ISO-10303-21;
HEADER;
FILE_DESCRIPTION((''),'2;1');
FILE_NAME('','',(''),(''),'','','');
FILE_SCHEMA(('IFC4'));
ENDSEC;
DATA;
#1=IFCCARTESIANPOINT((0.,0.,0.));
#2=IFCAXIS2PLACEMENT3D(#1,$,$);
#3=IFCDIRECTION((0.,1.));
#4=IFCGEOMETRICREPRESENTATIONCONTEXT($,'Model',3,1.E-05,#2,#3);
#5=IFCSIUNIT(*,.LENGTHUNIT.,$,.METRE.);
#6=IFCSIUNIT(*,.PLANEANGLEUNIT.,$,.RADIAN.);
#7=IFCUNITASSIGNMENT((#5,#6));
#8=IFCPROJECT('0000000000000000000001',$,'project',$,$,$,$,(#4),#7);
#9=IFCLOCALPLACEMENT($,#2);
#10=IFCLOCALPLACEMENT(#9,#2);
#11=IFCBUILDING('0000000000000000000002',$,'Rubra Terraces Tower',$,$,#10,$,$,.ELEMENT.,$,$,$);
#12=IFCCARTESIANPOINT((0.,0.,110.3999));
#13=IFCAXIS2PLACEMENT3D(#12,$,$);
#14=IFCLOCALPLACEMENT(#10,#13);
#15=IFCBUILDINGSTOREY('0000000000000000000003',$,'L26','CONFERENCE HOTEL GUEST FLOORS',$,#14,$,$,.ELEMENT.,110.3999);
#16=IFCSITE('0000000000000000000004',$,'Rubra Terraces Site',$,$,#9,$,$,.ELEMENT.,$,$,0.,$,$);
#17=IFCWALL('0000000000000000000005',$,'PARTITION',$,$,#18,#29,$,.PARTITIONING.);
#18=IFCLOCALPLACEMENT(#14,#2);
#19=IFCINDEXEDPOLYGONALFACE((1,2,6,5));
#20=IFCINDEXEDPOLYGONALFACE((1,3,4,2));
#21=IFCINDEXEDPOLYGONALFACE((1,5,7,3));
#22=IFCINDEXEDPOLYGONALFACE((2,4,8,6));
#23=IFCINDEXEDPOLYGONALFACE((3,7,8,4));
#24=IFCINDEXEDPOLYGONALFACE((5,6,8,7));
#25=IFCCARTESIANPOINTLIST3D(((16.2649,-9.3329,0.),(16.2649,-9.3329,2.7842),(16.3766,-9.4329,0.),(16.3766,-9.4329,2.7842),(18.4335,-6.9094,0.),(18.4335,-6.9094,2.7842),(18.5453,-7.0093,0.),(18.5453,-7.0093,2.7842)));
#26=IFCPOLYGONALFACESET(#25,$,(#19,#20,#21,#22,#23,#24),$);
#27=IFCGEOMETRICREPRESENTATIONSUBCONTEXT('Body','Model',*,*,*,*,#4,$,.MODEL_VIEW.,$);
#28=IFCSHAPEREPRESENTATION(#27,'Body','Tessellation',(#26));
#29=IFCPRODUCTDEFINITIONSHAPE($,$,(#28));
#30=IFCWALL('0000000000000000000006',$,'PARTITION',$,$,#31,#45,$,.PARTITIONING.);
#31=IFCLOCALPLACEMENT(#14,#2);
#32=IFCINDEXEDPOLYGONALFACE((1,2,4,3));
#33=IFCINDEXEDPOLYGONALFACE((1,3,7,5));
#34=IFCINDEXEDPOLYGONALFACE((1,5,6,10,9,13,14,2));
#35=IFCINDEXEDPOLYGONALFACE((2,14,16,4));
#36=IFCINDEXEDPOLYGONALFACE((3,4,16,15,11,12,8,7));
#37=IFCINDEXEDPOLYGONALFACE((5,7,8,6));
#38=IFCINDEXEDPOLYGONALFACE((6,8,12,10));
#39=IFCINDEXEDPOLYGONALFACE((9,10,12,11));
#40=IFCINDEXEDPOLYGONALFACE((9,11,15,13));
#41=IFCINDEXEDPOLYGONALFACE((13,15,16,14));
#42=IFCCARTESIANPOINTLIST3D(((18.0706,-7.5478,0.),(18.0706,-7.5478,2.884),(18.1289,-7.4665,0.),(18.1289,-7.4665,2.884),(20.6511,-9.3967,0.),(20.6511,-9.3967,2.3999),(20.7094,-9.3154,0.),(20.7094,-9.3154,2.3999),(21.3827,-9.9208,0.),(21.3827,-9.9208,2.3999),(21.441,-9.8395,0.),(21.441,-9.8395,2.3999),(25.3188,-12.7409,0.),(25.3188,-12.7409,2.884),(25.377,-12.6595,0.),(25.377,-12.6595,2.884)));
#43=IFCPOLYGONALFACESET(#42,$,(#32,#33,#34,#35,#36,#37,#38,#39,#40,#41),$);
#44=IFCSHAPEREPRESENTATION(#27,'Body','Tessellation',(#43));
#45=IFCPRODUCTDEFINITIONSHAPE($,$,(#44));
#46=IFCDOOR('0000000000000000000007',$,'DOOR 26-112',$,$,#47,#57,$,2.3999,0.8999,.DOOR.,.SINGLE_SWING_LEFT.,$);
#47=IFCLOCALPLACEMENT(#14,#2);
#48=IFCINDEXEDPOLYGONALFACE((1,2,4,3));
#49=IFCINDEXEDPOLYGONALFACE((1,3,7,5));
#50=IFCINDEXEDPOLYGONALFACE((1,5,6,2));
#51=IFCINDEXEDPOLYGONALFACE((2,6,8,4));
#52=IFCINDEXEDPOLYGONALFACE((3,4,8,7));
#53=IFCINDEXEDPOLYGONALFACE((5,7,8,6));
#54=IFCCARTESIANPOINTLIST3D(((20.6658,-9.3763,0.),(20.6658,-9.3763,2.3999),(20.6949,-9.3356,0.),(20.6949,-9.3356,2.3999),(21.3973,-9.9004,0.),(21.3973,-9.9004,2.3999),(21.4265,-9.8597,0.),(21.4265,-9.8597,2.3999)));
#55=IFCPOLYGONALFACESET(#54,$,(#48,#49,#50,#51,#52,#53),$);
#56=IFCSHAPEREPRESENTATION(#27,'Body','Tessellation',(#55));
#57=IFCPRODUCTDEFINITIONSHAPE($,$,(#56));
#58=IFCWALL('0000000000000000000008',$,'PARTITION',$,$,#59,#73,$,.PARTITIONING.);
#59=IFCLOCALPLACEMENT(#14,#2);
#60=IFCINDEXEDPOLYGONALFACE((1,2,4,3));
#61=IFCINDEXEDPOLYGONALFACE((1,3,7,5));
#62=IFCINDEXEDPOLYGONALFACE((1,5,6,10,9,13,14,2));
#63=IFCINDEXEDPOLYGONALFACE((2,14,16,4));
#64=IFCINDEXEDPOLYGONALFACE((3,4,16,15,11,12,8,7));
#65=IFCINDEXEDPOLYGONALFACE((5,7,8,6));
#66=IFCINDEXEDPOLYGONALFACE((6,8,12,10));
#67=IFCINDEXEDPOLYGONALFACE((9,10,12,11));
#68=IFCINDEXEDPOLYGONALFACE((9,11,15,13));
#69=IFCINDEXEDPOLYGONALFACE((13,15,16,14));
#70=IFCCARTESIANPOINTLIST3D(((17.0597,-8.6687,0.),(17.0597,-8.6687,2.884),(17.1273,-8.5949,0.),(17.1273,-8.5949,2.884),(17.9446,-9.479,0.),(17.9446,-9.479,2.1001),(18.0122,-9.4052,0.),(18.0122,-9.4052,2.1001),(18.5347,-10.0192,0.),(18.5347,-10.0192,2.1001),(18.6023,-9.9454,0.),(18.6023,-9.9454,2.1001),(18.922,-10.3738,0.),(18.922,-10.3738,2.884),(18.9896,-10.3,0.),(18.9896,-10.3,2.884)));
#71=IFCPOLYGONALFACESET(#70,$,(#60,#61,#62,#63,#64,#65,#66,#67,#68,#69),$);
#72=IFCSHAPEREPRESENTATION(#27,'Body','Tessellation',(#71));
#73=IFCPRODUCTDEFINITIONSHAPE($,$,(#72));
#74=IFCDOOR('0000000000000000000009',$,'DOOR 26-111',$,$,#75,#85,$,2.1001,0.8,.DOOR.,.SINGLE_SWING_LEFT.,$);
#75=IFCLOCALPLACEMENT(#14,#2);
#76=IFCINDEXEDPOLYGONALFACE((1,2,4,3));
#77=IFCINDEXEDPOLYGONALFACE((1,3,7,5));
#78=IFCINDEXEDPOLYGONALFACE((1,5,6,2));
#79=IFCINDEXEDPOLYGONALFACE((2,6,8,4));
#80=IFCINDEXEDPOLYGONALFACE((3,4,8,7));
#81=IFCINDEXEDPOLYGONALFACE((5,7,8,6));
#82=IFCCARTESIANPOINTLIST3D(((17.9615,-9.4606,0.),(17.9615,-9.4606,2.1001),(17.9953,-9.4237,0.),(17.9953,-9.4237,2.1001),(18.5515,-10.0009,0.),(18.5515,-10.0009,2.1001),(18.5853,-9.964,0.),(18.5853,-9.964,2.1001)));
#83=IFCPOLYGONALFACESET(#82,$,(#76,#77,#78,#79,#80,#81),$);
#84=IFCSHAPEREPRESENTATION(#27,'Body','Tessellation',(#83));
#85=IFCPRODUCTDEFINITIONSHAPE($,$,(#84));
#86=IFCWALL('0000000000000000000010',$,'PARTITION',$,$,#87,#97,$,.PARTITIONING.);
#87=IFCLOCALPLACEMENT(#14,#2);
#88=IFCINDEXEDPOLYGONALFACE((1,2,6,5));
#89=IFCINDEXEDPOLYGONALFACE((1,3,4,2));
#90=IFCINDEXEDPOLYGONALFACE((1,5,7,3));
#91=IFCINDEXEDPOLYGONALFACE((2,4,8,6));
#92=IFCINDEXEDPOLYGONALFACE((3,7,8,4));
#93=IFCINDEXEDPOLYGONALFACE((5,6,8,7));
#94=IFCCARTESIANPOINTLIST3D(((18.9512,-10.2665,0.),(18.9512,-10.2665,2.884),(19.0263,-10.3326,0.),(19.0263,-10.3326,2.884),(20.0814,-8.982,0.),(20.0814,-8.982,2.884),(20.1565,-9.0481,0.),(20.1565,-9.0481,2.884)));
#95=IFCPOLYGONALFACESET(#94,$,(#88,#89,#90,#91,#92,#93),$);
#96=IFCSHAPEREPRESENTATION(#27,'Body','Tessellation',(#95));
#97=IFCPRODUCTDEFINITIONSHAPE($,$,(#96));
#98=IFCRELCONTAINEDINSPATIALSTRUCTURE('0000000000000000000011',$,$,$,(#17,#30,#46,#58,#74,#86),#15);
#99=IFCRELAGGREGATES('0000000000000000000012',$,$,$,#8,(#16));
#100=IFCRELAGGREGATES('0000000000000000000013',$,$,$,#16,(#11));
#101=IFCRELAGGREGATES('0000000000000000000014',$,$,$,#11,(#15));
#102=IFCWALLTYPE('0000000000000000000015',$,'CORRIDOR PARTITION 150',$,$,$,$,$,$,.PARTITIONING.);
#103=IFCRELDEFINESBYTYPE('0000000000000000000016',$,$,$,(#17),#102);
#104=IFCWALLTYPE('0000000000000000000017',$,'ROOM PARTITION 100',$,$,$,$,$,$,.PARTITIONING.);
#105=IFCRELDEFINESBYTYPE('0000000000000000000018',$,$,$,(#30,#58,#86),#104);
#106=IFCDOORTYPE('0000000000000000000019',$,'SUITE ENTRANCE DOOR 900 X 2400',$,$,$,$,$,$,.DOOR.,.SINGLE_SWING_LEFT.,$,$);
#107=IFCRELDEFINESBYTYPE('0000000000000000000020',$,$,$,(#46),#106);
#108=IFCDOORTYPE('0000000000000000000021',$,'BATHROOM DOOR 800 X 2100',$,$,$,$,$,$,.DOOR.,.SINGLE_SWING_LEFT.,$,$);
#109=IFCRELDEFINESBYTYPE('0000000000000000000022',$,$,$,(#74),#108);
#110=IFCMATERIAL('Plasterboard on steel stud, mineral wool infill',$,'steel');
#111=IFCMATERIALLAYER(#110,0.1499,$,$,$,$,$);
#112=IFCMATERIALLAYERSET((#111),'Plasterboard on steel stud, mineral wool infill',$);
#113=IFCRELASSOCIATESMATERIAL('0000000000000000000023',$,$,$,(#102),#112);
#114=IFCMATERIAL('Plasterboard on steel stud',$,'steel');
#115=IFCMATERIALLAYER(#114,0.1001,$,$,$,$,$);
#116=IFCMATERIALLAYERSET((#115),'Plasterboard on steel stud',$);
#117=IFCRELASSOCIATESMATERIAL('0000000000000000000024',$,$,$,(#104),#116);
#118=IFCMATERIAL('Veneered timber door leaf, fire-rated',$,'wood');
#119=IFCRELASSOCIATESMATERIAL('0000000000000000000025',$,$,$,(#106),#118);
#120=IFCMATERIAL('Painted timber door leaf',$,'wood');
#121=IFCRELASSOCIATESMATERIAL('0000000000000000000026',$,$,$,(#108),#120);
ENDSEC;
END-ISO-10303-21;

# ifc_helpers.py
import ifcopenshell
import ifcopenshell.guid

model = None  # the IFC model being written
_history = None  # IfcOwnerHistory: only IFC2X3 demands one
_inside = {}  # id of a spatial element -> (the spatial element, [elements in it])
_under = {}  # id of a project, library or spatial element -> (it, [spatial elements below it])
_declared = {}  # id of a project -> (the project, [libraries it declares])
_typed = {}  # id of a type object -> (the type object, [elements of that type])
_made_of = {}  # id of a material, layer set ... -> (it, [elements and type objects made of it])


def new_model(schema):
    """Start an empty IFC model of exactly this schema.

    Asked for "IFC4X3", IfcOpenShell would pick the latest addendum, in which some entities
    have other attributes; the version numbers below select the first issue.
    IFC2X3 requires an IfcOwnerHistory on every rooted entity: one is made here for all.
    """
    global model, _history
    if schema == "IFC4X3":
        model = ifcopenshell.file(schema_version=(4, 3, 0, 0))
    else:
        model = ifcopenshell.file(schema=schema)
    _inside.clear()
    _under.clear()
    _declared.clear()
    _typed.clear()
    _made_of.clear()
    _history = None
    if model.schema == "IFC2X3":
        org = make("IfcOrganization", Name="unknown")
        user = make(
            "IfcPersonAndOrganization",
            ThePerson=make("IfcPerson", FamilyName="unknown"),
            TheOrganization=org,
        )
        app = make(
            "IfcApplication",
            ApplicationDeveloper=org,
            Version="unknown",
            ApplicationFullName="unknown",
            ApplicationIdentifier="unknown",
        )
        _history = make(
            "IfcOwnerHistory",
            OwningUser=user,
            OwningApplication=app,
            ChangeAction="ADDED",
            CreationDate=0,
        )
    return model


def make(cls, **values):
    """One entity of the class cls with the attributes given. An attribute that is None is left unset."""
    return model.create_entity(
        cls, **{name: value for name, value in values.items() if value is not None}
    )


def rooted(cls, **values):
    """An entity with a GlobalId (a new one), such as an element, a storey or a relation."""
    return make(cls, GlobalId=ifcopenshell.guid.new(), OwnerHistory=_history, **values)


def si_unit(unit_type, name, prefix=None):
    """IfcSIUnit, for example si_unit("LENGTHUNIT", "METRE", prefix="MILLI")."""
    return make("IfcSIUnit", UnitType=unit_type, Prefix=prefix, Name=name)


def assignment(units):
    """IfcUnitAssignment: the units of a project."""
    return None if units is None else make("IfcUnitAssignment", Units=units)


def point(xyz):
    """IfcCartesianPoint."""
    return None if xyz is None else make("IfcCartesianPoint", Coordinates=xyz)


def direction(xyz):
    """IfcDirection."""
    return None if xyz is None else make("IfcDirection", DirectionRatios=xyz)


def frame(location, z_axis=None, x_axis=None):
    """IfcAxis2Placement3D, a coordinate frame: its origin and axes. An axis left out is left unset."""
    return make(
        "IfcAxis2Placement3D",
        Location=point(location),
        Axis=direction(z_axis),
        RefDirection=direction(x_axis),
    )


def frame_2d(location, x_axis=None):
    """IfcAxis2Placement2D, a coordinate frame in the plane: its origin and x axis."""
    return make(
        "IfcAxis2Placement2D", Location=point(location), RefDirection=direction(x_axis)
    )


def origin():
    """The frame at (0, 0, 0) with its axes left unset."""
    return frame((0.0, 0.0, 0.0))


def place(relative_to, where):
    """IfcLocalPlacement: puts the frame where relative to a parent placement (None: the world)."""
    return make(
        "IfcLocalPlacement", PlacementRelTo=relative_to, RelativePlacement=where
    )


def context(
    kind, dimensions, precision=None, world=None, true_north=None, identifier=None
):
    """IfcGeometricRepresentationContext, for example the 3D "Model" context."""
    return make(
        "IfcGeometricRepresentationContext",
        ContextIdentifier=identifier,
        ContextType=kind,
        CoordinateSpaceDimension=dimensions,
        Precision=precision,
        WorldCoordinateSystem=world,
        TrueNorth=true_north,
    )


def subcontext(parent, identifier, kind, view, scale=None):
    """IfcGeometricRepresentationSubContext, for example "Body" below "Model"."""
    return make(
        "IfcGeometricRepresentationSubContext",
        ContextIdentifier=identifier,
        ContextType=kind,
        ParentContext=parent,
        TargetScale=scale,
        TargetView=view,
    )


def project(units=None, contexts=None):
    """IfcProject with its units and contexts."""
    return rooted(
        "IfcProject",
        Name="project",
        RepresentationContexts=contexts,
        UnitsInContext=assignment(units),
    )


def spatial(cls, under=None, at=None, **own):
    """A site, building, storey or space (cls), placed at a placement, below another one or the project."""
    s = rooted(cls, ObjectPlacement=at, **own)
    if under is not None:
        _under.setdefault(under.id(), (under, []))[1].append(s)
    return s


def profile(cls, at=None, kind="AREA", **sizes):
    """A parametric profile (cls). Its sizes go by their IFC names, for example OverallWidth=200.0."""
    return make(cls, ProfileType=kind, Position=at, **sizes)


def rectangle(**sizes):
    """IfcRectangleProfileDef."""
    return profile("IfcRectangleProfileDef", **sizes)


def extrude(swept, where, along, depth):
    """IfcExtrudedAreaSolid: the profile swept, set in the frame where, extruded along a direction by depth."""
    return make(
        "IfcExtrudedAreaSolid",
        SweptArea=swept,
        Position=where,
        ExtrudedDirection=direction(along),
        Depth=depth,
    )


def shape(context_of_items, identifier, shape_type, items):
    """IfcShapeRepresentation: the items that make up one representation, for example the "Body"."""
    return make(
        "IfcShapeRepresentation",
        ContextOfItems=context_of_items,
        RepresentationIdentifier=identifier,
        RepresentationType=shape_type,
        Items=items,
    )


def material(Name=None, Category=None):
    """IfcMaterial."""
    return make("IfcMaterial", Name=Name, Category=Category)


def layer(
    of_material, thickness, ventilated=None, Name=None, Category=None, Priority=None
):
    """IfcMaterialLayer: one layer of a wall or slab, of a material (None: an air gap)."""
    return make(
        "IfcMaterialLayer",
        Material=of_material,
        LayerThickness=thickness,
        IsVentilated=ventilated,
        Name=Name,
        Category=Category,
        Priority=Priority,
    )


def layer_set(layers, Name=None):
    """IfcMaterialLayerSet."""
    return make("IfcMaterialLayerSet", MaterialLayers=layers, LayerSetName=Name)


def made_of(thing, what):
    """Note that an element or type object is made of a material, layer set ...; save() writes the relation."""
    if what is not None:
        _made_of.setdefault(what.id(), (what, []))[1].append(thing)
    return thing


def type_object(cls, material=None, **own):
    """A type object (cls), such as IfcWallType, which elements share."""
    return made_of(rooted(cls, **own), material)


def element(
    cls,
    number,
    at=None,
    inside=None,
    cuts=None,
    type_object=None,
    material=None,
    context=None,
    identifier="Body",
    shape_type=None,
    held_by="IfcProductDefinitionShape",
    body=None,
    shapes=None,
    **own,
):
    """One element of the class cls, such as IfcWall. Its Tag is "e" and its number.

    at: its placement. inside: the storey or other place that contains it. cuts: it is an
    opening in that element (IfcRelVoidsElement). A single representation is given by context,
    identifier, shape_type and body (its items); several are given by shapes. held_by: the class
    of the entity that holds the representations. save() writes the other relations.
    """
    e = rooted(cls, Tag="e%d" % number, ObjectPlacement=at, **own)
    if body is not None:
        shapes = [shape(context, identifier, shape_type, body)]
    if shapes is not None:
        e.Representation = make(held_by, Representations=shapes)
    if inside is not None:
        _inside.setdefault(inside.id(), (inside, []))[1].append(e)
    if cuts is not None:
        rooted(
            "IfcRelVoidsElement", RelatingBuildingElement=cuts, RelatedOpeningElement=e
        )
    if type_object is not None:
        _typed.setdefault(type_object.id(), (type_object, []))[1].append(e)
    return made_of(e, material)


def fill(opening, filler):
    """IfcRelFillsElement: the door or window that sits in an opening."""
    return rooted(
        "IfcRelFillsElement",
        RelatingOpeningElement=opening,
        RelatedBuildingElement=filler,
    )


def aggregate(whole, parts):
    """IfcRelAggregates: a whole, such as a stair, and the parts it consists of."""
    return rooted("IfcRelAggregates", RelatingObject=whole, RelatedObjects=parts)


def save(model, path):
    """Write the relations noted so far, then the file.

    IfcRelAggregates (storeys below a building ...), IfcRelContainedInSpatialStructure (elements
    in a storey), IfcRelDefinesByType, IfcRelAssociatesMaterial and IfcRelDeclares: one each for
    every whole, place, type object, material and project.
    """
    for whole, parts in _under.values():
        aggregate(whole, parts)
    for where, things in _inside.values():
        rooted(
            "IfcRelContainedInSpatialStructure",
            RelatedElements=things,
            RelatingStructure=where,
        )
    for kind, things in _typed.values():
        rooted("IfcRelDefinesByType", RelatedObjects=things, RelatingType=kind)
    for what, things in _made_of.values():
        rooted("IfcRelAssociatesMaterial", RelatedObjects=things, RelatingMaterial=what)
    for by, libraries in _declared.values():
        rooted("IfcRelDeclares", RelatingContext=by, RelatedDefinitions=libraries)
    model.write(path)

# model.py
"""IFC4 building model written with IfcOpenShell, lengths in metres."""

from ifc_helpers import new_model, si_unit, direction, frame, frame_2d, origin, place, context, subcontext, project, spatial, rectangle, extrude, material, layer, layer_set, type_object, element, fill, save


model = new_model("IFC4")

# Units and contexts
model_context = context("Model", 3, precision=1e-05, world=origin(), true_north=direction((0.0, 1.0)))
body_context = subcontext(model_context, "Body", "Model", "MODEL_VIEW")
ifc_project = project(units=[si_unit("LENGTHUNIT", "METRE"), si_unit("PLANEANGLEUNIT", "RADIAN")], contexts=[model_context])

# Site, building, storey
site_placement = place(None, origin())
site = spatial("IfcSite", under=ifc_project, at=site_placement, Name="Rubra Terraces Site", CompositionType="ELEMENT", RefElevation=0.0)
building_placement = place(site_placement, origin())
building = spatial("IfcBuilding", under=site, at=building_placement, Name="Rubra Terraces Tower", CompositionType="ELEMENT")
storey_placement = place(building_placement, frame((0.0, 0.0, 110.3999)))
storey = spatial("IfcBuildingStorey", under=building, at=storey_placement, Name="L26", Description="CONFERENCE HOTEL GUEST FLOORS", CompositionType="ELEMENT", Elevation=110.3999)

# Wall
ifc_material_1 = material(Name="Plasterboard on steel stud, mineral wool infill", Category="steel")
ifc_layer_1 = layer(ifc_material_1, 0.1499)
ifc_layer_set_1 = layer_set([ifc_layer_1], Name="Plasterboard on steel stud, mineral wool infill")
wall_type_1 = type_object("IfcWallType", Name="CORRIDOR PARTITION 150", PredefinedType="PARTITIONING", material=ifc_layer_set_1)
wall_1_placement = place(storey_placement, frame((16.3208, -9.3828, 0.0), z_axis=(0.0, 0.0, 1.0), x_axis=(0.666834, 0.745206, 0.0)))
element("IfcWall", 1, at=wall_1_placement, inside=storey, type_object=wall_type_1, Name="PARTITION", PredefinedType="PARTITIONING", context=body_context, shape_type="SweptSolid", body=[
    extrude(rectangle(XDim=3.2522, YDim=0.1499, at=frame_2d((1.626, 0.0))), origin(), (0.0, 0.0, 1.0), 2.7842),
])

# Walls, openings, doors
ifc_material_2 = material(Name="Plasterboard on steel stud", Category="steel")
ifc_layer_2 = layer(ifc_material_2, 0.1001)
ifc_layer_set_2 = layer_set([ifc_layer_2], Name="Plasterboard on steel stud")
wall_type_2 = type_object("IfcWallType", Name="ROOM PARTITION 100", PredefinedType="PARTITIONING", material=ifc_layer_set_2)
wall_2_placement = place(storey_placement, frame((25.3479, -12.7002, 0.0), z_axis=(0.0, 0.0, 1.0), x_axis=(-0.812896, 0.582408, 0.0)))
wall_2 = element("IfcWall", 2, at=wall_2_placement, inside=storey, type_object=wall_type_2, Name="PARTITION", PredefinedType="PARTITIONING", context=body_context, shape_type="SweptSolid", body=[
    extrude(rectangle(XDim=8.9165, YDim=0.1001, at=frame_2d((4.4583, 0.0))), origin(), (0.0, 0.0, 1.0), 2.884),
])
opening_1_placement = place(wall_2_placement, frame((4.842, 0.0, 0.0)))
opening_1 = element("IfcOpeningElement", 3, at=opening_1_placement, cuts=wall_2, PredefinedType="OPENING", context=body_context, shape_type="SweptSolid", body=[
    extrude(rectangle(XDim=0.8999, YDim=2.3999, at=frame_2d((0.45, 1.2))), frame((0.0, 0.0601, 0.0), z_axis=(0.0, -1.0, 0.0), x_axis=(1.0, 0.0, 0.0)), (0.0, 0.0, 1.0), 0.1201),
])
ifc_material_3 = material(Name="Veneered timber door leaf, fire-rated", Category="wood")
door_type_1 = type_object("IfcDoorType", Name="SUITE ENTRANCE DOOR 900 X 2400", OperationType="SINGLE_SWING_LEFT", PredefinedType="DOOR", material=ifc_material_3)
door_1_placement = place(opening_1_placement, origin())
door_1 = element("IfcDoor", 4, at=door_1_placement, inside=storey, type_object=door_type_1, Name="DOOR 26-112", OperationType="SINGLE_SWING_LEFT", OverallHeight=2.3999, OverallWidth=0.8999, PredefinedType="DOOR", context=body_context, shape_type="SweptSolid", body=[
    extrude(rectangle(XDim=0.8999, YDim=2.3999, at=frame_2d((0.45, 1.2))), frame((0.0, 0.0249, 0.0), z_axis=(0.0, -1.0, 0.0), x_axis=(1.0, 0.0, 0.0)), (0.0, 0.0, 1.0), 0.05),
])
fill(opening_1, door_1)
wall_3_placement = place(storey_placement, frame((17.0935, -8.6318, 0.0), z_axis=(0.0, 0.0, 1.0), x_axis=(0.737555, -0.675287, 0.0)))
wall_3 = element("IfcWall", 5, at=wall_3_placement, inside=storey, type_object=wall_type_2, Name="PARTITION", PredefinedType="PARTITIONING", context=body_context, shape_type="SweptSolid", body=[
    extrude(rectangle(XDim=2.5249, YDim=0.1001, at=frame_2d((1.2625, 0.0))), origin(), (0.0, 0.0, 1.0), 2.884),
])
opening_2_placement = place(wall_3_placement, frame((1.2, 0.0, 0.0)))
opening_2 = element("IfcOpeningElement", 6, at=opening_2_placement, cuts=wall_3, PredefinedType="OPENING", context=body_context, shape_type="SweptSolid", body=[
    extrude(rectangle(XDim=0.8, YDim=2.1001, at=frame_2d((0.3999, 1.05))), frame((0.0, 0.0601, 0.0), z_axis=(0.0, -1.0, 0.0), x_axis=(1.0, 0.0, 0.0)), (0.0, 0.0, 1.0), 0.1201),
])
ifc_material_4 = material(Name="Painted timber door leaf", Category="wood")
door_type_2 = type_object("IfcDoorType", Name="BATHROOM DOOR 800 X 2100", OperationType="SINGLE_SWING_LEFT", PredefinedType="DOOR", material=ifc_material_4)
door_2_placement = place(opening_2_placement, origin())
door_2 = element("IfcDoor", 7, at=door_2_placement, inside=storey, type_object=door_type_2, Name="DOOR 26-111", OperationType="SINGLE_SWING_LEFT", OverallHeight=2.1001, OverallWidth=0.8, PredefinedType="DOOR", context=body_context, shape_type="SweptSolid", body=[
    extrude(rectangle(XDim=0.8, YDim=2.1001, at=frame_2d((0.3999, 1.05))), frame((0.0, 0.0249, 0.0), z_axis=(0.0, -1.0, 0.0), x_axis=(1.0, 0.0, 0.0)), (0.0, 0.0, 1.0), 0.05),
])
fill(opening_2, door_2)

# Wall
wall_4_placement = place(storey_placement, frame((18.9888, -10.2996, 0.0), z_axis=(0.0, 0.0, 1.0), x_axis=(0.660573, 0.750762, 0.0)))
element("IfcWall", 8, at=wall_4_placement, inside=storey, type_object=wall_type_2, Name="PARTITION", PredefinedType="PARTITIONING", context=body_context, shape_type="SweptSolid", body=[
    extrude(rectangle(XDim=1.7109, YDim=0.1001, at=frame_2d((0.8555, 0.0))), origin(), (0.0, 0.0, 1.0), 2.884),
])

save(model, "model.ifc")
